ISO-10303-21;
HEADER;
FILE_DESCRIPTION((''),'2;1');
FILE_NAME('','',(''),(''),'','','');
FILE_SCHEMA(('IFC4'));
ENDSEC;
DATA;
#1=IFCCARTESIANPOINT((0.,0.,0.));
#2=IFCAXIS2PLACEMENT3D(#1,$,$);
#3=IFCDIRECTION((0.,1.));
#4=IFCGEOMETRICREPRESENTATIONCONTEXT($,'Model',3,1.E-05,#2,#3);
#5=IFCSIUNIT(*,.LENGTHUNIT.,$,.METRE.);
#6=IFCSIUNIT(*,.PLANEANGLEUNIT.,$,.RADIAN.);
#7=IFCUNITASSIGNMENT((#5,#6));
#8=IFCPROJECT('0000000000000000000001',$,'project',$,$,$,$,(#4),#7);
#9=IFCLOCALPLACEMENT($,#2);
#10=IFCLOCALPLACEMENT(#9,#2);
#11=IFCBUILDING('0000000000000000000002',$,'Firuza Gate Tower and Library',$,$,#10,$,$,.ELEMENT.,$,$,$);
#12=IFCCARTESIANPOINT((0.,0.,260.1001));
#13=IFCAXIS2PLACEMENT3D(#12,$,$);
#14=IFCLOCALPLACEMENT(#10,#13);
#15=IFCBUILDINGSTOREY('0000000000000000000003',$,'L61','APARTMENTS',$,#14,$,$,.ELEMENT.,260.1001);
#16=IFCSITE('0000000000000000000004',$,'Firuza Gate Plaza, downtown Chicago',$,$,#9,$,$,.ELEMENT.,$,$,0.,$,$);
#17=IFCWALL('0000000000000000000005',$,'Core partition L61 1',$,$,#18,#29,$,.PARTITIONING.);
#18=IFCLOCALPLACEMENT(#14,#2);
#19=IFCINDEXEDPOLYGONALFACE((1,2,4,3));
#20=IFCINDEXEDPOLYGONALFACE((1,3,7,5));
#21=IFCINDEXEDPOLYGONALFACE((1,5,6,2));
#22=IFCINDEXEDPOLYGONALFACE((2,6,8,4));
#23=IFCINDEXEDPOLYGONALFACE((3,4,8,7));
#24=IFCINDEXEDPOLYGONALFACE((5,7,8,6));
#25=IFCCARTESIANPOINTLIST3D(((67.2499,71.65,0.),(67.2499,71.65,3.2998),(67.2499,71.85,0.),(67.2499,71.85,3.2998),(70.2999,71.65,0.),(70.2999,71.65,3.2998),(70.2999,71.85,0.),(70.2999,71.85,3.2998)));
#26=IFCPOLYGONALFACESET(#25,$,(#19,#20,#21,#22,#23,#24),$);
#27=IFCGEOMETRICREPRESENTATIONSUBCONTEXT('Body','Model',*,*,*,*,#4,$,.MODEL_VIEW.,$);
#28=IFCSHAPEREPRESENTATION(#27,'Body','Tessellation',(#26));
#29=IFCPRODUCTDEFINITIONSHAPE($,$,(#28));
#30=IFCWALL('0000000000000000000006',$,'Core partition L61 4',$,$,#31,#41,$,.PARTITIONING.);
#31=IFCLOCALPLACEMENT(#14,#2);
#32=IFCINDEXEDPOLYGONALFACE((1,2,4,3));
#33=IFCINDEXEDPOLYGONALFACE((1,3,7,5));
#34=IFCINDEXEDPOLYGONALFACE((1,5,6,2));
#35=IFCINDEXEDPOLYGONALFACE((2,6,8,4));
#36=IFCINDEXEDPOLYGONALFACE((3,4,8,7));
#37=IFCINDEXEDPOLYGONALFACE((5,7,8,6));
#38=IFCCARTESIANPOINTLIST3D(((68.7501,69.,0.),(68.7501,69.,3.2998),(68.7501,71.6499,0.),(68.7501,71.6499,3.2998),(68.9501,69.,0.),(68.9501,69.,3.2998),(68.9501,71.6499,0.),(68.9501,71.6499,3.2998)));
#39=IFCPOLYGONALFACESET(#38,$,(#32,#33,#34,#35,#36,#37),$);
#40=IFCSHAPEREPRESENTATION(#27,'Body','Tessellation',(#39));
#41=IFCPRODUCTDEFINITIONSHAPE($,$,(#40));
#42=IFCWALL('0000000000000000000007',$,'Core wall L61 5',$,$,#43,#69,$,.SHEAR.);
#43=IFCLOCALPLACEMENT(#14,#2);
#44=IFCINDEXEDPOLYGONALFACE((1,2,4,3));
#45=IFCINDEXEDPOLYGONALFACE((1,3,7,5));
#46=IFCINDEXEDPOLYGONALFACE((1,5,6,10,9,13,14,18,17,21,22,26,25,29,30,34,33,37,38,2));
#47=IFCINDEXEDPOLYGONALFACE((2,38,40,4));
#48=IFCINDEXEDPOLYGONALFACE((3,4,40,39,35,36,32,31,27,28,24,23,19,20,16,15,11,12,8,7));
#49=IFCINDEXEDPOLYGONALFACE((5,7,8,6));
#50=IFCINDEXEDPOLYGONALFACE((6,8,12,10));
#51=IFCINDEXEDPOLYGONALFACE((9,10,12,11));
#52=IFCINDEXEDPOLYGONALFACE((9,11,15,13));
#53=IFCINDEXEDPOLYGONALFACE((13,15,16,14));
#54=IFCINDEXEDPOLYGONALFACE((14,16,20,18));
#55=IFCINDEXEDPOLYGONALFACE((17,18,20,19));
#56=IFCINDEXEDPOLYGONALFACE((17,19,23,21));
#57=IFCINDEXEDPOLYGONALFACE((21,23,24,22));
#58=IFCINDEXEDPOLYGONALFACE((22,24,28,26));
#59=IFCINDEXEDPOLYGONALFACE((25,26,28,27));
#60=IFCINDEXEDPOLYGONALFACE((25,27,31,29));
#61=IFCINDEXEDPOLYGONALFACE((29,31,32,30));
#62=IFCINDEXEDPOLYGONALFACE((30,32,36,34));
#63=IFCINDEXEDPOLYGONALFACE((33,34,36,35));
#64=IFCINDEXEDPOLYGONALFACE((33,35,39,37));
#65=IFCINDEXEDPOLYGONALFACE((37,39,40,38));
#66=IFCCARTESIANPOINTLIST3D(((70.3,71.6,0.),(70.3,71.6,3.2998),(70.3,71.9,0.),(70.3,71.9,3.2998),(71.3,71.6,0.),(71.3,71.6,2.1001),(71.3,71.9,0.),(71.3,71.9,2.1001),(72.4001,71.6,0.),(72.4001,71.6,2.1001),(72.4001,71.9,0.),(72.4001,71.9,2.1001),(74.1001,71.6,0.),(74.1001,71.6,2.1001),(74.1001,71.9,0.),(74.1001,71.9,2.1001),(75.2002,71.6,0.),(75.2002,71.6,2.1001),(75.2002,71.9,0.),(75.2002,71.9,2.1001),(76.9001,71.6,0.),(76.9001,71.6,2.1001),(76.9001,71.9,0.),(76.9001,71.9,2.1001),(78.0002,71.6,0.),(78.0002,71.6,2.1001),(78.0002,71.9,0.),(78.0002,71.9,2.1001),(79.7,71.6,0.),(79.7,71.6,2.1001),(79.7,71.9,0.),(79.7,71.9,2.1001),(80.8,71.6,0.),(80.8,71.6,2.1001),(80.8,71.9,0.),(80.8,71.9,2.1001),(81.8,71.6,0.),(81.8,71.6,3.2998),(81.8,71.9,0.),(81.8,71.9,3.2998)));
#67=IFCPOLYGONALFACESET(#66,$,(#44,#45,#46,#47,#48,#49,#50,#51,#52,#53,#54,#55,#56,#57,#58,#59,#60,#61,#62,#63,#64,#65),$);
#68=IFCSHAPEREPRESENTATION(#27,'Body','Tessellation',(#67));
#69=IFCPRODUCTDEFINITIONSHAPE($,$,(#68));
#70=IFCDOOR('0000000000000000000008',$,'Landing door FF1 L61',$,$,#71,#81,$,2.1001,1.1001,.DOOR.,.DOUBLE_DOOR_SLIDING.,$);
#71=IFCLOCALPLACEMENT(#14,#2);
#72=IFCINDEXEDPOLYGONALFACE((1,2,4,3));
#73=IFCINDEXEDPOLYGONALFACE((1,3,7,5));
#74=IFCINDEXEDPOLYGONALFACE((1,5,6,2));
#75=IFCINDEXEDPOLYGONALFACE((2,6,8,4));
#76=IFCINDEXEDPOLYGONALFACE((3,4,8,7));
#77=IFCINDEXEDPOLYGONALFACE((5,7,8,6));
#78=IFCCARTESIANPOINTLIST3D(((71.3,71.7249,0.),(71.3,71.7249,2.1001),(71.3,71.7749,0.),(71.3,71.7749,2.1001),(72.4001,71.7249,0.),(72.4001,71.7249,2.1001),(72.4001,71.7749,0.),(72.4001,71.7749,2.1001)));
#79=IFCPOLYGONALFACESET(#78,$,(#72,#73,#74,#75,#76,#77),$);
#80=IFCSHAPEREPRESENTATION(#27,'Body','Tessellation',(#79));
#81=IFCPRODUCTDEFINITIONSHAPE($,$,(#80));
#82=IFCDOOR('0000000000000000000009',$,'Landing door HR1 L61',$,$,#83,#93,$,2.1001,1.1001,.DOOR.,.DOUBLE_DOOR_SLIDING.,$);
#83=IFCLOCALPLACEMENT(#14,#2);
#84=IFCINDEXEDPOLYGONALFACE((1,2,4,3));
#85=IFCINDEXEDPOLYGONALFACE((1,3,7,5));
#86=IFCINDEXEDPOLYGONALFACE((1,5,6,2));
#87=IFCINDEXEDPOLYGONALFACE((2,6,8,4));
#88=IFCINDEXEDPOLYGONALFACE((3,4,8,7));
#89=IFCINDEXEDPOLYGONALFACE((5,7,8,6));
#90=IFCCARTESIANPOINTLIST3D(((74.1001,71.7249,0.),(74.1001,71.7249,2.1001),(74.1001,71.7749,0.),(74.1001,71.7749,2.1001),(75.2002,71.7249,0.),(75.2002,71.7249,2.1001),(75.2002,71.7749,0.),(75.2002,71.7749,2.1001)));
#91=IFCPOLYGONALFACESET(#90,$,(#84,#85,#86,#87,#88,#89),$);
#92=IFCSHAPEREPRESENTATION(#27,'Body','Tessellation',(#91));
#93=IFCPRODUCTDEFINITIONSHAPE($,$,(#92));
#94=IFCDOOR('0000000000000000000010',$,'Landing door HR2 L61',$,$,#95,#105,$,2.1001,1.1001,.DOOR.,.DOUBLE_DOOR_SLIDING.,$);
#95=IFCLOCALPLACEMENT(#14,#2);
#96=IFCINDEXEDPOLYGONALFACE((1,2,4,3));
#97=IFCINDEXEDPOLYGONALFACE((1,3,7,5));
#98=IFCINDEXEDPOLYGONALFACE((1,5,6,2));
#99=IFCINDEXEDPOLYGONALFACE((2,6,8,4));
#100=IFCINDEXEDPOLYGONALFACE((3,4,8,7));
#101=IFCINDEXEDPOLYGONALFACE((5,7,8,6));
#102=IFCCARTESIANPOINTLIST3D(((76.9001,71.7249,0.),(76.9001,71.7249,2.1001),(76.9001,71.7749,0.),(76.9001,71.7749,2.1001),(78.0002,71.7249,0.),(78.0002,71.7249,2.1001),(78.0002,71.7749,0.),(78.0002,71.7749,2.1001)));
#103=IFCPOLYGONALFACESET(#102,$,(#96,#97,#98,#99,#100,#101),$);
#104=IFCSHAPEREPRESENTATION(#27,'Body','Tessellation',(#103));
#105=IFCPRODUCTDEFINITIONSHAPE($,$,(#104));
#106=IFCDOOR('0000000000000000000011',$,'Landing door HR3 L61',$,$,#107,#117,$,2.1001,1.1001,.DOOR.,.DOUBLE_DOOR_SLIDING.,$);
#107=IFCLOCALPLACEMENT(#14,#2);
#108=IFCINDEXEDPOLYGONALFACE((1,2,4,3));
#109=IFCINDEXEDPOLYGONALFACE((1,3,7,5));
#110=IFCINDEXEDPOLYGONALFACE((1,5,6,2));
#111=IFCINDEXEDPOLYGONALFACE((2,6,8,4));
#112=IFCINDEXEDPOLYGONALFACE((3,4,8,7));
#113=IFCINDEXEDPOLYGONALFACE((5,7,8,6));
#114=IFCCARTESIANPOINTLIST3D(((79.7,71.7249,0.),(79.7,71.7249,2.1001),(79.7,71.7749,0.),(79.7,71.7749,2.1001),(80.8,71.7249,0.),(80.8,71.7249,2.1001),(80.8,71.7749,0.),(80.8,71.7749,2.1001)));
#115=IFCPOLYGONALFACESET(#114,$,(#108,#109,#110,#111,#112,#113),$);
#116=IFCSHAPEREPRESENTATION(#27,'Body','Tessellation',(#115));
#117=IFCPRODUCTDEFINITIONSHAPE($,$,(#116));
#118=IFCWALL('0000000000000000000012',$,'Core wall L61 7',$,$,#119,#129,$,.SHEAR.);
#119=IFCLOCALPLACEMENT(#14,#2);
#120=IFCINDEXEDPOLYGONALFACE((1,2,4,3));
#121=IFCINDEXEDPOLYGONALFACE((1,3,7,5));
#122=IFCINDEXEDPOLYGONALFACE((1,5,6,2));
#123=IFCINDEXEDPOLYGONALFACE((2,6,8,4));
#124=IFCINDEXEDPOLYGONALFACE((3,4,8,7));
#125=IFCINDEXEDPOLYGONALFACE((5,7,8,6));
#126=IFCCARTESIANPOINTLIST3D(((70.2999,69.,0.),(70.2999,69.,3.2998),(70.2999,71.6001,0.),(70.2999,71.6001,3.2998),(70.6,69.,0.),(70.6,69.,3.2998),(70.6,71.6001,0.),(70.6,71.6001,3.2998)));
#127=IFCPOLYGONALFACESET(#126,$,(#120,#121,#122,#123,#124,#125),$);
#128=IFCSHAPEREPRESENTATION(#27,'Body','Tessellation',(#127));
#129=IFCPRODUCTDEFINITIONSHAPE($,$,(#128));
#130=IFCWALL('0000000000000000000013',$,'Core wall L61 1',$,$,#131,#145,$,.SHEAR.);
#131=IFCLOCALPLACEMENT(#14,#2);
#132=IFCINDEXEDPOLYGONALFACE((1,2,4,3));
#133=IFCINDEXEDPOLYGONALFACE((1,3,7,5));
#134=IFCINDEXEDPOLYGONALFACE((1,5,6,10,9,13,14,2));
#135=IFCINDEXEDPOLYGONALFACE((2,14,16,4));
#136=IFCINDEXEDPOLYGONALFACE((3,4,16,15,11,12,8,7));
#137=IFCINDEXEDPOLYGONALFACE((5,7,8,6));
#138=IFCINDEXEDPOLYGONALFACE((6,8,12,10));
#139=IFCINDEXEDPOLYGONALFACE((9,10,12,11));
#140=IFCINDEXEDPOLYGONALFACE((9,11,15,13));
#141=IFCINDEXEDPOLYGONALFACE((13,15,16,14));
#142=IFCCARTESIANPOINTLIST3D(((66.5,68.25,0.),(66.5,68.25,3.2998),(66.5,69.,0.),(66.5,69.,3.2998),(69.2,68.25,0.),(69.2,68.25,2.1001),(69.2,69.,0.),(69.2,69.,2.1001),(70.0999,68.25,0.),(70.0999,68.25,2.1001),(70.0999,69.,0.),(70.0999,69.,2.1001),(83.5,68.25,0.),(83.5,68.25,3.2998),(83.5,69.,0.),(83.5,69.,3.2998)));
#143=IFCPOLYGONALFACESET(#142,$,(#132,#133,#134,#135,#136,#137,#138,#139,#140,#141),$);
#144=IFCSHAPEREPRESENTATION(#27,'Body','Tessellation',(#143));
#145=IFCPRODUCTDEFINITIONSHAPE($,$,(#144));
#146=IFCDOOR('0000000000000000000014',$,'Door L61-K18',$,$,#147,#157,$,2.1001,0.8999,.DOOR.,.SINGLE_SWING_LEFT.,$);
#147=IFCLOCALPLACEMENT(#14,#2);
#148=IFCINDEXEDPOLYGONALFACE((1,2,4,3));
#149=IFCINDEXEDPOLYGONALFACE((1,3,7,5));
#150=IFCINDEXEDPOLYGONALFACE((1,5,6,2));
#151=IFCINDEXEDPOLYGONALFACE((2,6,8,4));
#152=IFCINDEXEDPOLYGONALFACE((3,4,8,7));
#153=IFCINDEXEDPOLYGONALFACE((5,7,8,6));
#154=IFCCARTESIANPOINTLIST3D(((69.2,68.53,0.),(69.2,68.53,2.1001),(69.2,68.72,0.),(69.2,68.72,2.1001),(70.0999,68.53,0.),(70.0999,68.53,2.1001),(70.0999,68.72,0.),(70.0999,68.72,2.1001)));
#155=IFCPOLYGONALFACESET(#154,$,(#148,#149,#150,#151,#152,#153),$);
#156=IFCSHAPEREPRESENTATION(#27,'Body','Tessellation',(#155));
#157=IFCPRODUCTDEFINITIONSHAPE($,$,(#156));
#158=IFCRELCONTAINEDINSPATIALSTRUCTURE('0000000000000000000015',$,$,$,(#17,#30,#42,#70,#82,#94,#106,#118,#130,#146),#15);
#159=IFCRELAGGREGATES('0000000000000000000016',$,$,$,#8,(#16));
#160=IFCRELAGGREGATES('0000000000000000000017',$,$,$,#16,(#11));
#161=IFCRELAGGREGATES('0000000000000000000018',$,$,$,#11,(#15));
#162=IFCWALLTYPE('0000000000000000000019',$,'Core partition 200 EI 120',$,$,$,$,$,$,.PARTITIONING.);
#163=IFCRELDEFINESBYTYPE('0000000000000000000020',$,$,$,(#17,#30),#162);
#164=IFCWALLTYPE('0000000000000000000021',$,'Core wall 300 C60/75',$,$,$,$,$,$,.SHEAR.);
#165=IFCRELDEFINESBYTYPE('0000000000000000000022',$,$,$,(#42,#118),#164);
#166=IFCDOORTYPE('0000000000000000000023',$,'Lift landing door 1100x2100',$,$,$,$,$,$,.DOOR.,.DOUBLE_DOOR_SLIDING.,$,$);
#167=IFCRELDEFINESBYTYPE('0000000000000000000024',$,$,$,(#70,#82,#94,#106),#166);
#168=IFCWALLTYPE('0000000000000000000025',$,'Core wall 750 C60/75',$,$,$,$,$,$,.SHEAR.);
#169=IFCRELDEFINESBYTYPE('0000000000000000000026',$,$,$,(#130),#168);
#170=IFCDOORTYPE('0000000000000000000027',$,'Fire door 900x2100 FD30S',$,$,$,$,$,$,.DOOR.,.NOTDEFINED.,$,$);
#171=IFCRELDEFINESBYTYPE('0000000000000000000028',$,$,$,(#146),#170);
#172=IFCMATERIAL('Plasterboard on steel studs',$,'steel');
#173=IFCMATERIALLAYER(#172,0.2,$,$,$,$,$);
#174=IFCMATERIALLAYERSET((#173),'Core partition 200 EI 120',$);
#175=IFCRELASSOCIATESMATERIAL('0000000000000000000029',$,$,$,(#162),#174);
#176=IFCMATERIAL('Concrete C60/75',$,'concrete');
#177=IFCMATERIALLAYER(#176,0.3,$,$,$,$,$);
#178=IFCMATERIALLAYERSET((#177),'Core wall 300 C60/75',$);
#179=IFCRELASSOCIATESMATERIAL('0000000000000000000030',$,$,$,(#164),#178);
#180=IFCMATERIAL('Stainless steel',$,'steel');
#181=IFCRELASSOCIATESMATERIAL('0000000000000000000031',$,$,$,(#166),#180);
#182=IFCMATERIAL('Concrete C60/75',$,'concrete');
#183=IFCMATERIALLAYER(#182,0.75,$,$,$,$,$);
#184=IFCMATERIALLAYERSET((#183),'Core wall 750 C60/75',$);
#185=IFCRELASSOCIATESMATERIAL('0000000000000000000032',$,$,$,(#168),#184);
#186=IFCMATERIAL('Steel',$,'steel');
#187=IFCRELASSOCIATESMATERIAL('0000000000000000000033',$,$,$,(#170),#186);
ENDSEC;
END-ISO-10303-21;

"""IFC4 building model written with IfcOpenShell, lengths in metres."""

from ifc_helpers import new_model, si_unit, direction, frame, frame_2d, origin, place, context, subcontext, project, spatial, rectangle, extrude, material, layer, layer_set, type_object, element, fill, save


model = new_model("IFC4")

# Units and contexts
model_context = context("Model", 3, precision=1e-05, world=origin(), true_north=direction((0.0, 1.0)))
body_context = subcontext(model_context, "Body", "Model", "MODEL_VIEW")
ifc_project = project(units=[si_unit("LENGTHUNIT", "METRE"), si_unit("PLANEANGLEUNIT", "RADIAN")], contexts=[model_context])

# Site, building, storey
site_placement = place(None, origin())
site = spatial("IfcSite", under=ifc_project, at=site_placement, Name="Firuza Gate Plaza, downtown Chicago", CompositionType="ELEMENT", RefElevation=0.0)
building_placement = place(site_placement, origin())
building = spatial("IfcBuilding", under=site, at=building_placement, Name="Firuza Gate Tower and Library", CompositionType="ELEMENT")
storey_placement = place(building_placement, frame((0.0, 0.0, 260.1001)))
storey = spatial("IfcBuildingStorey", under=building, at=storey_placement, Name="L61", Description="APARTMENTS", CompositionType="ELEMENT", Elevation=260.1001)

# Walls
ifc_material_1 = material(Name="Plasterboard on steel studs", Category="steel")
ifc_layer_1 = layer(ifc_material_1, 0.2)
ifc_layer_set_1 = layer_set([ifc_layer_1], Name="Core partition 200 EI 120")
wall_type_1 = type_object("IfcWallType", Name="Core partition 200 EI 120", PredefinedType="PARTITIONING", material=ifc_layer_set_1)
wall_1_placement = place(storey_placement, frame((67.25, 71.75, 0.0), z_axis=(0.0, 0.0, 1.0), x_axis=(1.0, 0.0, 0.0)))
element("IfcWall", 1, at=wall_1_placement, inside=storey, type_object=wall_type_1, Name="Core partition L61 1", PredefinedType="PARTITIONING", context=body_context, shape_type="SweptSolid", body=[
    extrude(rectangle(XDim=3.05, YDim=0.2, at=frame_2d((1.5249, 0.0))), origin(), (0.0, 0.0, 1.0), 3.2998),
])
wall_2_placement = place(storey_placement, frame((68.8501, 69.0, 0.0), z_axis=(0.0, 0.0, 1.0), x_axis=(0.0, 1.0, 0.0)))
element("IfcWall", 2, at=wall_2_placement, inside=storey, type_object=wall_type_1, Name="Core partition L61 4", PredefinedType="PARTITIONING", context=body_context, shape_type="SweptSolid", body=[
    extrude(rectangle(XDim=2.6499, YDim=0.2, at=frame_2d((1.325, 0.0))), origin(), (0.0, 0.0, 1.0), 3.2998),
])

# Wall, openings, doors
ifc_material_2 = material(Name="Concrete C60/75", Category="concrete")
ifc_layer_2 = layer(ifc_material_2, 0.3)
ifc_layer_set_2 = layer_set([ifc_layer_2], Name="Core wall 300 C60/75")
wall_type_2 = type_object("IfcWallType", Name="Core wall 300 C60/75", PredefinedType="SHEAR", material=ifc_layer_set_2)
wall_3_placement = place(storey_placement, frame((70.3, 71.75, 0.0), z_axis=(0.0, 0.0, 1.0), x_axis=(1.0, 0.0, 0.0)))
wall_3 = element("IfcWall", 3, at=wall_3_placement, inside=storey, type_object=wall_type_2, Name="Core wall L61 5", PredefinedType="SHEAR", context=body_context, shape_type="SweptSolid", body=[
    extrude(rectangle(XDim=11.5, YDim=0.3, at=frame_2d((5.75, 0.0))), origin(), (0.0, 0.0, 1.0), 3.2998),
])
opening_1_placement = place(wall_3_placement, frame((1.0, 0.0, 0.0)))
opening_1 = element("IfcOpeningElement", 4, at=opening_1_placement, cuts=wall_3, PredefinedType="OPENING", context=body_context, shape_type="SweptSolid", body=[
    extrude(rectangle(XDim=1.1001, YDim=2.1001, at=frame_2d((0.55, 1.05))), frame((0.0, 0.1602, 0.0), z_axis=(0.0, -1.0, 0.0), x_axis=(1.0, 0.0, 0.0)), (0.0, 0.0, 1.0), 0.3201),
])
opening_2_placement = place(wall_3_placement, frame((3.8, 0.0, 0.0)))
opening_2 = element("IfcOpeningElement", 5, at=opening_2_placement, cuts=wall_3, PredefinedType="OPENING", context=body_context, shape_type="SweptSolid", body=[
    extrude(rectangle(XDim=1.1001, YDim=2.1001, at=frame_2d((0.55, 1.05))), frame((0.0, 0.1602, 0.0), z_axis=(0.0, -1.0, 0.0), x_axis=(1.0, 0.0, 0.0)), (0.0, 0.0, 1.0), 0.3201),
])
opening_3_placement = place(wall_3_placement, frame((6.6001, 0.0, 0.0)))
opening_3 = element("IfcOpeningElement", 6, at=opening_3_placement, cuts=wall_3, PredefinedType="OPENING", context=body_context, shape_type="SweptSolid", body=[
    extrude(rectangle(XDim=1.1001, YDim=2.1001, at=frame_2d((0.55, 1.05))), frame((0.0, 0.1602, 0.0), z_axis=(0.0, -1.0, 0.0), x_axis=(1.0, 0.0, 0.0)), (0.0, 0.0, 1.0), 0.3201),
])
opening_4_placement = place(wall_3_placement, frame((9.3999, 0.0, 0.0)))
opening_4 = element("IfcOpeningElement", 7, at=opening_4_placement, cuts=wall_3, PredefinedType="OPENING", context=body_context, shape_type="SweptSolid", body=[
    extrude(rectangle(XDim=1.1001, YDim=2.1001, at=frame_2d((0.55, 1.05))), frame((0.0, 0.1602, 0.0), z_axis=(0.0, -1.0, 0.0), x_axis=(1.0, 0.0, 0.0)), (0.0, 0.0, 1.0), 0.3201),
])
ifc_material_3 = material(Name="Stainless steel", Category="steel")
door_type_1 = type_object("IfcDoorType", Name="Lift landing door 1100x2100", OperationType="DOUBLE_DOOR_SLIDING", PredefinedType="DOOR", material=ifc_material_3)
door_1_placement = place(opening_1_placement, origin())
door_1 = element("IfcDoor", 8, at=door_1_placement, inside=storey, type_object=door_type_1, Name="Landing door FF1 L61", OperationType="DOUBLE_DOOR_SLIDING", OverallHeight=2.1001, OverallWidth=1.1001, PredefinedType="DOOR", context=body_context, shape_type="SweptSolid", body=[
    extrude(rectangle(XDim=1.1001, YDim=2.1001, at=frame_2d((0.55, 1.05))), frame((0.0, 0.0249, 0.0), z_axis=(0.0, -1.0, 0.0), x_axis=(1.0, 0.0, 0.0)), (0.0, 0.0, 1.0), 0.05),
])
fill(opening_1, door_1)
door_2_placement = place(opening_2_placement, origin())
door_2 = element("IfcDoor", 9, at=door_2_placement, inside=storey, type_object=door_type_1, Name="Landing door HR1 L61", OperationType="DOUBLE_DOOR_SLIDING", OverallHeight=2.1001, OverallWidth=1.1001, PredefinedType="DOOR", context=body_context, shape_type="SweptSolid", body=[
    extrude(rectangle(XDim=1.1001, YDim=2.1001, at=frame_2d((0.55, 1.05))), frame((0.0, 0.0249, 0.0), z_axis=(0.0, -1.0, 0.0), x_axis=(1.0, 0.0, 0.0)), (0.0, 0.0, 1.0), 0.05),
])
fill(opening_2, door_2)
door_3_placement = place(opening_3_placement, origin())
door_3 = element("IfcDoor", 10, at=door_3_placement, inside=storey, type_object=door_type_1, Name="Landing door HR2 L61", OperationType="DOUBLE_DOOR_SLIDING", OverallHeight=2.1001, OverallWidth=1.1001, PredefinedType="DOOR", context=body_context, shape_type="SweptSolid", body=[
    extrude(rectangle(XDim=1.1001, YDim=2.1001, at=frame_2d((0.55, 1.05))), frame((0.0, 0.0249, 0.0), z_axis=(0.0, -1.0, 0.0), x_axis=(1.0, 0.0, 0.0)), (0.0, 0.0, 1.0), 0.05),
])
fill(opening_3, door_3)
door_4_placement = place(opening_4_placement, origin())
door_4 = element("IfcDoor", 11, at=door_4_placement, inside=storey, type_object=door_type_1, Name="Landing door HR3 L61", OperationType="DOUBLE_DOOR_SLIDING", OverallHeight=2.1001, OverallWidth=1.1001, PredefinedType="DOOR", context=body_context, shape_type="SweptSolid", body=[
    extrude(rectangle(XDim=1.1001, YDim=2.1001, at=frame_2d((0.55, 1.05))), frame((0.0, 0.0249, 0.0), z_axis=(0.0, -1.0, 0.0), x_axis=(1.0, 0.0, 0.0)), (0.0, 0.0, 1.0), 0.05),
])
fill(opening_4, door_4)

# Wall
wall_4_placement = place(storey_placement, frame((70.45, 69.0, 0.0), z_axis=(0.0, 0.0, 1.0), x_axis=(0.0, 1.0, 0.0)))
element("IfcWall", 12, at=wall_4_placement, inside=storey, type_object=wall_type_2, Name="Core wall L61 7", PredefinedType="SHEAR", context=body_context, shape_type="SweptSolid", body=[
    extrude(rectangle(XDim=2.6001, YDim=0.3, at=frame_2d((1.3, 0.0))), origin(), (0.0, 0.0, 1.0), 3.2998),
])

# Wall, opening, door
ifc_material_4 = material(Name="Concrete C60/75", Category="concrete")
ifc_layer_3 = layer(ifc_material_4, 0.75)
ifc_layer_set_3 = layer_set([ifc_layer_3], Name="Core wall 750 C60/75")
wall_type_3 = type_object("IfcWallType", Name="Core wall 750 C60/75", PredefinedType="SHEAR", material=ifc_layer_set_3)
wall_5_placement = place(storey_placement, frame((66.5, 68.625, 0.0), z_axis=(0.0, 0.0, 1.0), x_axis=(1.0, 0.0, 0.0)))
wall_5 = element("IfcWall", 13, at=wall_5_placement, inside=storey, type_object=wall_type_3, Name="Core wall L61 1", PredefinedType="SHEAR", context=body_context, shape_type="SweptSolid", body=[
    extrude(rectangle(XDim=17.0, YDim=0.75, at=frame_2d((8.5, 0.0))), origin(), (0.0, 0.0, 1.0), 3.2998),
])
opening_5_placement = place(wall_5_placement, frame((2.7, 0.0, 0.0)))
opening_5 = element("IfcOpeningElement", 14, at=opening_5_placement, cuts=wall_5, PredefinedType="OPENING", context=body_context, shape_type="SweptSolid", body=[
    extrude(rectangle(XDim=0.8999, YDim=2.1001, at=frame_2d((0.45, 1.05))), frame((0.0, 0.385, 0.0), z_axis=(0.0, -1.0, 0.0), x_axis=(1.0, 0.0, 0.0)), (0.0, 0.0, 1.0), 0.77),
])
ifc_material_5 = material(Name="Steel", Category="steel")
door_type_2 = type_object("IfcDoorType", Name="Fire door 900x2100 FD30S", OperationType="NOTDEFINED", PredefinedType="DOOR", material=ifc_material_5)
door_5_placement = place(opening_5_placement, origin())
door_5 = element("IfcDoor", 15, at=door_5_placement, inside=storey, type_object=door_type_2, Name="Door L61-K18", OperationType="SINGLE_SWING_LEFT", OverallHeight=2.1001, OverallWidth=0.8999, PredefinedType="DOOR", context=body_context, shape_type="SweptSolid", body=[
    extrude(rectangle(XDim=0.8999, YDim=2.1001, at=frame_2d((0.45, 1.05))), frame((0.0, 0.095, 0.0), z_axis=(0.0, -1.0, 0.0), x_axis=(1.0, 0.0, 0.0)), (0.0, 0.0, 1.0), 0.1899),
])
fill(opening_5, door_5)

save(model, "model.ifc")
